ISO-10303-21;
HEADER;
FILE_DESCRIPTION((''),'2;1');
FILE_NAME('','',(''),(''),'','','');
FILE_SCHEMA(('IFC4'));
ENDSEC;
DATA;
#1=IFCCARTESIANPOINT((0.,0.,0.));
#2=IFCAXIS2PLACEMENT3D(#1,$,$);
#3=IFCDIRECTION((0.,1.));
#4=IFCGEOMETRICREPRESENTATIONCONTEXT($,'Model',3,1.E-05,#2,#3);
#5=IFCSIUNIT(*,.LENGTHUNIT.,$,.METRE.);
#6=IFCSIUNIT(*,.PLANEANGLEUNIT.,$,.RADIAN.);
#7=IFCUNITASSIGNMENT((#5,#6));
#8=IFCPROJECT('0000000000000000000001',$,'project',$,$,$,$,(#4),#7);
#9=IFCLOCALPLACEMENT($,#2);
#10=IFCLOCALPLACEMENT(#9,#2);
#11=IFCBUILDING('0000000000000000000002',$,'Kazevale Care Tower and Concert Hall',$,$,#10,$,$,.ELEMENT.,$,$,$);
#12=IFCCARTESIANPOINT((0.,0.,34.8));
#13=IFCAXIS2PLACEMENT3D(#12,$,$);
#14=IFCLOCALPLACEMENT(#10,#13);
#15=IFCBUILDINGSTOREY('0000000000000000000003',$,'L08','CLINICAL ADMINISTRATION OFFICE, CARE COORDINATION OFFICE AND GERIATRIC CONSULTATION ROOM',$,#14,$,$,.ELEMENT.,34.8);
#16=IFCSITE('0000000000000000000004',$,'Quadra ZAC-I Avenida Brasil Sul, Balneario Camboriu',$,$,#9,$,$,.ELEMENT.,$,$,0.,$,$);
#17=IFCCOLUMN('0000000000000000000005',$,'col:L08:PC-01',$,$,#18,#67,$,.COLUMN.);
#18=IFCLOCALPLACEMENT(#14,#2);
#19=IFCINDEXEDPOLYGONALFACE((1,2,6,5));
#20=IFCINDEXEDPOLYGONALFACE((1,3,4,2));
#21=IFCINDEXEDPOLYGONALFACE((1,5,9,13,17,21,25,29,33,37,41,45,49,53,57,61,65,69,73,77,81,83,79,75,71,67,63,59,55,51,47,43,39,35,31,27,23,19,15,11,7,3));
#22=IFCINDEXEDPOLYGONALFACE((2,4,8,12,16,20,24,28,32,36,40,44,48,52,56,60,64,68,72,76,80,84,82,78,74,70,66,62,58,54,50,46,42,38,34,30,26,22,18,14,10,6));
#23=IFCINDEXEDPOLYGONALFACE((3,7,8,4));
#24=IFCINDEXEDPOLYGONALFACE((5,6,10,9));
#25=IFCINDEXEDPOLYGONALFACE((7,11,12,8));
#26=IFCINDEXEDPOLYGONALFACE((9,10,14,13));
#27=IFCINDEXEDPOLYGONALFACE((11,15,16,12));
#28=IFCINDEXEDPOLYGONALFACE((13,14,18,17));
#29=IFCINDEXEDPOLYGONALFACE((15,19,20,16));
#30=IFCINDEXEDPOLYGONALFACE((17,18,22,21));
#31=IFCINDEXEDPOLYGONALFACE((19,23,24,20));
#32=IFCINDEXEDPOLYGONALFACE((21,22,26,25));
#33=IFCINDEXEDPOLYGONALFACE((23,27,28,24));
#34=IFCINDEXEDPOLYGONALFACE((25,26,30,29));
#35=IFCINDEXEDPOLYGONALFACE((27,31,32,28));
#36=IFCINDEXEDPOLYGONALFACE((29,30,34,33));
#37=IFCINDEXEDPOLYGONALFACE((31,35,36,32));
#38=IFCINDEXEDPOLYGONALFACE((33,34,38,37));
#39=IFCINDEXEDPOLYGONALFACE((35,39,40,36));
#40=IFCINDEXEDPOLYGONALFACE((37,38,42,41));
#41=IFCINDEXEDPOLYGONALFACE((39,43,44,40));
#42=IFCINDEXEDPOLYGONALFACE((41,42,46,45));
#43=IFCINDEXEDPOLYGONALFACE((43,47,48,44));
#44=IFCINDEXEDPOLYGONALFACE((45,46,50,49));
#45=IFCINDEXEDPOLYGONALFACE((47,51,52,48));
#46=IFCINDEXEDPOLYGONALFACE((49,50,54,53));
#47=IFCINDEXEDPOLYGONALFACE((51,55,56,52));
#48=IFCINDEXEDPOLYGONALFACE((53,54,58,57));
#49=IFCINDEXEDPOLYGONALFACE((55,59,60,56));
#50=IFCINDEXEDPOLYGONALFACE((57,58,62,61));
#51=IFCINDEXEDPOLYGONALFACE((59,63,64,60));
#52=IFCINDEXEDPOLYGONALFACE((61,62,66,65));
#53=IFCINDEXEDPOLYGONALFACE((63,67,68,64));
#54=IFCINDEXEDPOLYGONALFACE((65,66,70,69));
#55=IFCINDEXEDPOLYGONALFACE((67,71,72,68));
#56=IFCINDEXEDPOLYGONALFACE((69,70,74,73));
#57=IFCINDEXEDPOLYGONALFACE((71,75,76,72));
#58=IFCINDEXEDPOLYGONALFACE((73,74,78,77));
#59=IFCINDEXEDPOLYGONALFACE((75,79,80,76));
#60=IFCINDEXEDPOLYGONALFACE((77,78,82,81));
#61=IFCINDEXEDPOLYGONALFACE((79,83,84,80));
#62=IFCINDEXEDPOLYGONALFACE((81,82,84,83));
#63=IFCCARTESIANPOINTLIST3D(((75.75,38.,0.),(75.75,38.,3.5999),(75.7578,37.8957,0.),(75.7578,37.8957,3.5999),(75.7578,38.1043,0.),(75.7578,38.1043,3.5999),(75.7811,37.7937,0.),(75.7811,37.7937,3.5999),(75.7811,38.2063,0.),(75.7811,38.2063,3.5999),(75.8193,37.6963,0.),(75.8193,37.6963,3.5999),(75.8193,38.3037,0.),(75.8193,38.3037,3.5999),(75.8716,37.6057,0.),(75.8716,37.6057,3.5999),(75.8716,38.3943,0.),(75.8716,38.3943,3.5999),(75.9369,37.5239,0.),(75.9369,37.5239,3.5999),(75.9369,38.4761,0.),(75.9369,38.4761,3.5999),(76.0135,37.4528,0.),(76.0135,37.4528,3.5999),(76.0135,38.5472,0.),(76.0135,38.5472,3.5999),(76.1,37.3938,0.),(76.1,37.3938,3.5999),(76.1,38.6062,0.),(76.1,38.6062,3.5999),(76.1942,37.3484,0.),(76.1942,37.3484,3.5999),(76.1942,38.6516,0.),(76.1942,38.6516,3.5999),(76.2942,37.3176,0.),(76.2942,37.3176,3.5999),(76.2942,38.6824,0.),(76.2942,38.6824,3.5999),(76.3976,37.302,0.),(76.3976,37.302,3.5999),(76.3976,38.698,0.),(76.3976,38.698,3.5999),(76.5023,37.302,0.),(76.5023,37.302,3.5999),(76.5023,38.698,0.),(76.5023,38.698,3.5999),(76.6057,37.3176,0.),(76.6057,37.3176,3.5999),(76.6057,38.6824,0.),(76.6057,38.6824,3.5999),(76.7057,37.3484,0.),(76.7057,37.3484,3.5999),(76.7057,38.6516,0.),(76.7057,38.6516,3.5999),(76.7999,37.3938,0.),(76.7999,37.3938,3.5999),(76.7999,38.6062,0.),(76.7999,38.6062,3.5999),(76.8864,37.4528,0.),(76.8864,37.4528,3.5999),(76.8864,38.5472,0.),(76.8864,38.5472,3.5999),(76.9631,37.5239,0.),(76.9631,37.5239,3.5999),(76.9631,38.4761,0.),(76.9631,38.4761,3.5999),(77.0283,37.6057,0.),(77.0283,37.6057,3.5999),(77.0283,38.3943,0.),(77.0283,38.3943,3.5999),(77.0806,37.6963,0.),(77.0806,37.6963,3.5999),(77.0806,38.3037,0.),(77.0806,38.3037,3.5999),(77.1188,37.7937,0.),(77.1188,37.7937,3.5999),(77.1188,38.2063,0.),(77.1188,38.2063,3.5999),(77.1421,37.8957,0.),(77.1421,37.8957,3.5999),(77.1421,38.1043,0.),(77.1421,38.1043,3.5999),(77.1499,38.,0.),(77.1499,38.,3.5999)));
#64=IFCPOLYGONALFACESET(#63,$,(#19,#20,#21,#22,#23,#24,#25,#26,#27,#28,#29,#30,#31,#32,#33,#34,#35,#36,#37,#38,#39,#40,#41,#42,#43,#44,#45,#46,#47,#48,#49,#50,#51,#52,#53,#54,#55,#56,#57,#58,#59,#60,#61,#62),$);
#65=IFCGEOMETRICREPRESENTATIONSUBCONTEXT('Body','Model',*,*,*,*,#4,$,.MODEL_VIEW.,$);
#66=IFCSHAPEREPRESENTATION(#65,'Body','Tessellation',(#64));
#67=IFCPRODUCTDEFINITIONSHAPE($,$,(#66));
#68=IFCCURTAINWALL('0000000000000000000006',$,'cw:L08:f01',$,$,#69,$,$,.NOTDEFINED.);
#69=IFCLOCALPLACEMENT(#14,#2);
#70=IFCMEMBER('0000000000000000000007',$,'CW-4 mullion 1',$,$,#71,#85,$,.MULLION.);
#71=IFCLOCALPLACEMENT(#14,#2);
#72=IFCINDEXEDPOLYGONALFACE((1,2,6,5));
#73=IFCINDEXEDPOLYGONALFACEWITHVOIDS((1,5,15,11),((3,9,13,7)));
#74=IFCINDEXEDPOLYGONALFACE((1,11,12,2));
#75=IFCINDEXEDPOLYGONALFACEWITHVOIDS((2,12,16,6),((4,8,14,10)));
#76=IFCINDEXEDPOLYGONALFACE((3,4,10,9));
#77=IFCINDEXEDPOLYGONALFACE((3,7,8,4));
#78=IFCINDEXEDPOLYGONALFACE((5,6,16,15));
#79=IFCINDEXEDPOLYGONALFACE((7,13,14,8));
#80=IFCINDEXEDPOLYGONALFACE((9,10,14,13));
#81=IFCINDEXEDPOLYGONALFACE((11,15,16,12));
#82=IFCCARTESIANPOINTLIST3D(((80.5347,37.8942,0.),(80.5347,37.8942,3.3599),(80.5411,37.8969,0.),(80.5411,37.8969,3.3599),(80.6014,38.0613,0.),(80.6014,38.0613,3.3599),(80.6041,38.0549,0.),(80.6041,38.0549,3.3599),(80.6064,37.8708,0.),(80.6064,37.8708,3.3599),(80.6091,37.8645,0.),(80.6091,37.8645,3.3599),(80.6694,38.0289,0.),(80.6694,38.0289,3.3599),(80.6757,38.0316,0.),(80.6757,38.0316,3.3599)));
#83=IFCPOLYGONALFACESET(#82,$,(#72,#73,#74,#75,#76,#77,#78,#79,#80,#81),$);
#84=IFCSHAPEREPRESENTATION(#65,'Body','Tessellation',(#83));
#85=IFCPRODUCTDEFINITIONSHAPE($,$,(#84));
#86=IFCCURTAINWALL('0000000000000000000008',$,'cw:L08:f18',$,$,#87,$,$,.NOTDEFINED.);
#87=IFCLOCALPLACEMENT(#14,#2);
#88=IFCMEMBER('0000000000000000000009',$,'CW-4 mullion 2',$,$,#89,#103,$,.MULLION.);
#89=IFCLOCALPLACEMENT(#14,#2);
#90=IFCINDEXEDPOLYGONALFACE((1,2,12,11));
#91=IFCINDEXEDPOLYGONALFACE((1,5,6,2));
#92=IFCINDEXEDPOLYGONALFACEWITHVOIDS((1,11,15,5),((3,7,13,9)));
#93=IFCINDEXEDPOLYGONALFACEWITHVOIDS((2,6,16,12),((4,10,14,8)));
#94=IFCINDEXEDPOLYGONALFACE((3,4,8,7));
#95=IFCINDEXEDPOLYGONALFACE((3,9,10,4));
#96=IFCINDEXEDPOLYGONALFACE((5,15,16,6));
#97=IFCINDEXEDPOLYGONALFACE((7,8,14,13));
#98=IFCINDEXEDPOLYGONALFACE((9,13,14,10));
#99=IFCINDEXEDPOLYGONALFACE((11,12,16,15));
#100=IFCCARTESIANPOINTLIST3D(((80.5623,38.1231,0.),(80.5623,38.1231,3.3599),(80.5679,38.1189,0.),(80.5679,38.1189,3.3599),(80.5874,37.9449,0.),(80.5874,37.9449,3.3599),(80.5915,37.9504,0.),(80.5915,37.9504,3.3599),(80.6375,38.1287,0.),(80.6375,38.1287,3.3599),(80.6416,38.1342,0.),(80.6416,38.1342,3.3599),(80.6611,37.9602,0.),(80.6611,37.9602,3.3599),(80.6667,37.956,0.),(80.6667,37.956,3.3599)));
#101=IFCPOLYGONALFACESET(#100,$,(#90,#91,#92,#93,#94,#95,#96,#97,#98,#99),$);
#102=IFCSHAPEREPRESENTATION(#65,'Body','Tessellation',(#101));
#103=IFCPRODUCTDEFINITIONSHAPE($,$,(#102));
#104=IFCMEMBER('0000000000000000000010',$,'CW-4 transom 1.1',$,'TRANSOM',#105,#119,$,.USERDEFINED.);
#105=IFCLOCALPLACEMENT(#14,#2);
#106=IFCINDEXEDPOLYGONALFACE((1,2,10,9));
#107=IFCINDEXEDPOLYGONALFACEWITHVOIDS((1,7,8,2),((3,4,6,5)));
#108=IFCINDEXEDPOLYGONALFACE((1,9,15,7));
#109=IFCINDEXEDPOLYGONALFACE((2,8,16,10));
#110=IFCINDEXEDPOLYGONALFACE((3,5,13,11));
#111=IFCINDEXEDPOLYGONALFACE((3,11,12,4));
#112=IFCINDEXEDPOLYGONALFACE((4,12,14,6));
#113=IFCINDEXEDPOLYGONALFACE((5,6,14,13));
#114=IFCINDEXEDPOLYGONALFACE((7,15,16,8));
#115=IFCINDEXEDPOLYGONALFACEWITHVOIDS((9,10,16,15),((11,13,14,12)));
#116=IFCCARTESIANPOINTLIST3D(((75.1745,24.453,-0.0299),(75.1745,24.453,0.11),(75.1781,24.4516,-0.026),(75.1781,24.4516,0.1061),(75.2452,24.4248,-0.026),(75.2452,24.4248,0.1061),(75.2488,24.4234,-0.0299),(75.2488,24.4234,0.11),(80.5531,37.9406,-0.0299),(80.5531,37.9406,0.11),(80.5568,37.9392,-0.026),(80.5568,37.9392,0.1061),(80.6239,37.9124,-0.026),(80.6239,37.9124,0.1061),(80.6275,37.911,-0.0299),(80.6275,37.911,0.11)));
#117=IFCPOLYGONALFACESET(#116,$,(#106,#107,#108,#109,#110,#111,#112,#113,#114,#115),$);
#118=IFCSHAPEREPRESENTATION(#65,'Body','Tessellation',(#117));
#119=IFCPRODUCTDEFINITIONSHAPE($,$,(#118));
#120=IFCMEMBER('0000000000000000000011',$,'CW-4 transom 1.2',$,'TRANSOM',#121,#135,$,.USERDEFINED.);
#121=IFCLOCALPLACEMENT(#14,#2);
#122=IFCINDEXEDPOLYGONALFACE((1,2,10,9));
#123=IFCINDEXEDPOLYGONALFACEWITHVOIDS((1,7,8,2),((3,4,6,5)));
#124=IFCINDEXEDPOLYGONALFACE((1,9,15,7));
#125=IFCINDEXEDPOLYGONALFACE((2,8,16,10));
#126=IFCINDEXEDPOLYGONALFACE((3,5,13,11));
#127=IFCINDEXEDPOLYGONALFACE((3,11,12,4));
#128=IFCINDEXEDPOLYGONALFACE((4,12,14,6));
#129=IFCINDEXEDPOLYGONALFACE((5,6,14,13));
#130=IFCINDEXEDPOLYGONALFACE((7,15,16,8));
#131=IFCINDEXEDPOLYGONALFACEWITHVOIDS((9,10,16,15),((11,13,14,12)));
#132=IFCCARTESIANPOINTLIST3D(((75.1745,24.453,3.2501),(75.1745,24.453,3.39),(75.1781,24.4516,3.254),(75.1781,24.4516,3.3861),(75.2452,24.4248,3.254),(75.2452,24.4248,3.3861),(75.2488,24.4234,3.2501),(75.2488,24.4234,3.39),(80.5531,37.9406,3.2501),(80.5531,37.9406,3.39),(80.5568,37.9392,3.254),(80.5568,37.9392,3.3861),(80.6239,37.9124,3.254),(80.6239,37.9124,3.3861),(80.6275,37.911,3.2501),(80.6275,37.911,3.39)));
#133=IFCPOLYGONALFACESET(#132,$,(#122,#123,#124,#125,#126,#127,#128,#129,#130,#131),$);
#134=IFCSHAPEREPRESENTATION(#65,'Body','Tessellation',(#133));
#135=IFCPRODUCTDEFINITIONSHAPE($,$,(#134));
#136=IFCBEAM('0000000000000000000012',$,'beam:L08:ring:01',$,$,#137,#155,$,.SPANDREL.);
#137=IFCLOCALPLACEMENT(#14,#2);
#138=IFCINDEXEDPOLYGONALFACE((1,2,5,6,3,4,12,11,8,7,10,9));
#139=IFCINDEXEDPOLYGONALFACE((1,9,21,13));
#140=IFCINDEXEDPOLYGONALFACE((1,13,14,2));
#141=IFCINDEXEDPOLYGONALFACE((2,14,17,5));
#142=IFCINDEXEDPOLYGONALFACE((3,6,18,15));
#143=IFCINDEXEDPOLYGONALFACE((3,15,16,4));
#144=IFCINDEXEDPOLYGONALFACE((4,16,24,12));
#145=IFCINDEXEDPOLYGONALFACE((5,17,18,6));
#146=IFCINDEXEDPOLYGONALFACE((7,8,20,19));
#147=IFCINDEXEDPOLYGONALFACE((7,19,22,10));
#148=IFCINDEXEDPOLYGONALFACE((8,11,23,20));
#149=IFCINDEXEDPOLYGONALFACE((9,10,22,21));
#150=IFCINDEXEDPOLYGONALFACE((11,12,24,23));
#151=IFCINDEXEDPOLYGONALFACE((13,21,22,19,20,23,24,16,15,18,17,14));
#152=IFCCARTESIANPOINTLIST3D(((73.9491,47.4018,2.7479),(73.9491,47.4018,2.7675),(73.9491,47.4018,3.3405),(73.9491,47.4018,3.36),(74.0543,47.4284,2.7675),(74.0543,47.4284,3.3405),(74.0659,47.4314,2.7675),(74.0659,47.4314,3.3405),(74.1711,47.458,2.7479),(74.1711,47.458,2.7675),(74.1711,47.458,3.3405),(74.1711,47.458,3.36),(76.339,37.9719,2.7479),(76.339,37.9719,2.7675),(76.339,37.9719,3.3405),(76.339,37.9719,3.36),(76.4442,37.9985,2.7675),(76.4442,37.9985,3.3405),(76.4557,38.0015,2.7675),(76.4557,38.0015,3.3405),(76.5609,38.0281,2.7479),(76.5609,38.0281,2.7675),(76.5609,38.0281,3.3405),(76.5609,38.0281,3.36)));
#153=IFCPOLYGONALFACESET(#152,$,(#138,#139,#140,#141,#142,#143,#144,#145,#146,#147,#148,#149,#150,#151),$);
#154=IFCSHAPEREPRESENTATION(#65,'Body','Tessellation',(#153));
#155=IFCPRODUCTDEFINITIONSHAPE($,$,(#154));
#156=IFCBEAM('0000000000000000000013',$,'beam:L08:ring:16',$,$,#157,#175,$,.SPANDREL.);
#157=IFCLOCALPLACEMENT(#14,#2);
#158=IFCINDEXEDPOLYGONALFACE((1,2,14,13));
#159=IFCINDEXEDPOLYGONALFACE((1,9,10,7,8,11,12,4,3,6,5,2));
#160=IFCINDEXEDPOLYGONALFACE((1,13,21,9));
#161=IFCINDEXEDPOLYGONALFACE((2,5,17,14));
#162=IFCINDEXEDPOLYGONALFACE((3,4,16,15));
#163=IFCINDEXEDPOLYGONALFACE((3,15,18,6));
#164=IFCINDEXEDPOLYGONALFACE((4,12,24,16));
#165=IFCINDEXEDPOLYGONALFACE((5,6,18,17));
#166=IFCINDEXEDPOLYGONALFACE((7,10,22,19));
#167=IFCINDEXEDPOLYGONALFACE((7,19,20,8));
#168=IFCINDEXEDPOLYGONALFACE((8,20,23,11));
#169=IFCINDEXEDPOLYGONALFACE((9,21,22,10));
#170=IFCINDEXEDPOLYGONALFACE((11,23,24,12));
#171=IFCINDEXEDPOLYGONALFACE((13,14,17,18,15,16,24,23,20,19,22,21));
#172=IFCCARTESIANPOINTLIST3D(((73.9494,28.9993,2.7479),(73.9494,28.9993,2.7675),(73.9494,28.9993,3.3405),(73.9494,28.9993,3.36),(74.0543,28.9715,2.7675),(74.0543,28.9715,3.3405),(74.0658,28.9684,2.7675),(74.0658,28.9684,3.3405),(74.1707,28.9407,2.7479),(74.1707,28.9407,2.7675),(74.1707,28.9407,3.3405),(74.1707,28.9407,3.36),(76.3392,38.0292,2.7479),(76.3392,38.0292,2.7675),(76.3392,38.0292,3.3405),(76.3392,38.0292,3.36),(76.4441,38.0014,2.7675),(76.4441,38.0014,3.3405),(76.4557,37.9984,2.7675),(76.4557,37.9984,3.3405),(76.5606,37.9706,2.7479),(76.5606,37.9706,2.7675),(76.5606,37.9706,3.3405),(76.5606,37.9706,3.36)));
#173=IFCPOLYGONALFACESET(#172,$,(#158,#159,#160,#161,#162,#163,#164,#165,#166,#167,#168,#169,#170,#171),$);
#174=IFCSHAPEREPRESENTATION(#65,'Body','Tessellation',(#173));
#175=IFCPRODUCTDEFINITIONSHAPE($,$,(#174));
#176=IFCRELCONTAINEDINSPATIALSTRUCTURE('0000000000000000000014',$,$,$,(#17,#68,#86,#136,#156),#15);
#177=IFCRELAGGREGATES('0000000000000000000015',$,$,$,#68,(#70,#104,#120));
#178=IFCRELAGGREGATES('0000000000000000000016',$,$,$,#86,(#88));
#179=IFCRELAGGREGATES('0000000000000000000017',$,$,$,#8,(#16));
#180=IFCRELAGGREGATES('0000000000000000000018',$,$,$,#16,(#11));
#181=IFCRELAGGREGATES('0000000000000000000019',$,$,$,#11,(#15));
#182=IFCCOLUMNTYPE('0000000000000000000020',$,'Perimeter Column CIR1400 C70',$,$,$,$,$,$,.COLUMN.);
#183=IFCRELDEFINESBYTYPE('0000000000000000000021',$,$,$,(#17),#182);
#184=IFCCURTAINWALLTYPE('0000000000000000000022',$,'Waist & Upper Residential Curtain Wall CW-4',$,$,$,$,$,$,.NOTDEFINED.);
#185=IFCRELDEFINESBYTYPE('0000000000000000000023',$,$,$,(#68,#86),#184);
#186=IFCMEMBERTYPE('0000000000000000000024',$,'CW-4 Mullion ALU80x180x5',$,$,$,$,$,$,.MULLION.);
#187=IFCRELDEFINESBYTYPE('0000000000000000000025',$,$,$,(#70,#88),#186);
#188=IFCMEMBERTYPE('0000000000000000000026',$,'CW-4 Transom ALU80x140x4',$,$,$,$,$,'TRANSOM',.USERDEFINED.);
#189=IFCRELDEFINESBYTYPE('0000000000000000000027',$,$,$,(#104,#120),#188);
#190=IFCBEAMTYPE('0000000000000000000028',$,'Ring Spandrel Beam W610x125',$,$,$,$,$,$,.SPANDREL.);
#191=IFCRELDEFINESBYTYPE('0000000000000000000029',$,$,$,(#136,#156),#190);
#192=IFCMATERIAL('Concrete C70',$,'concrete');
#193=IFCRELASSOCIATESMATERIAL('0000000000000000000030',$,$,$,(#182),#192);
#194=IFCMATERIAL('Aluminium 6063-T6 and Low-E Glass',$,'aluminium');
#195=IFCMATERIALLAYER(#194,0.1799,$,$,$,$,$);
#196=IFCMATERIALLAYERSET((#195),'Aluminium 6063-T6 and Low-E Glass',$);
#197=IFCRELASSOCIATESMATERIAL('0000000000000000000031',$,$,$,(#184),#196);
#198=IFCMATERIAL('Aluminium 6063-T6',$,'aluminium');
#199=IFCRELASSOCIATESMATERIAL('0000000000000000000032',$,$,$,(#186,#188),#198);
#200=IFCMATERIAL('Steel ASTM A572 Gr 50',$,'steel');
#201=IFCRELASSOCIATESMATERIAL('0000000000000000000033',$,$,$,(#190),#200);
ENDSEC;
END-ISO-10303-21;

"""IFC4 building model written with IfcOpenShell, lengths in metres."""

from ifc_helpers import new_model, si_unit, direction, frame, origin, origin_2d, place, context, subcontext, project, spatial, hollow_rectangle, circle, i_section, extrude, material, layer, layer_set, material_profile, profile_set, type_object, element, aggregate, save


model = new_model("IFC4")

# Units and contexts
model_context = context("Model", 3, precision=1e-05, world=origin(), true_north=direction((0.0, 1.0)))
body_context = subcontext(model_context, "Body", "Model", "MODEL_VIEW")
ifc_project = project(units=[si_unit("LENGTHUNIT", "METRE"), si_unit("PLANEANGLEUNIT", "RADIAN")], contexts=[model_context])

# Site, building, storey
site_placement = place(None, origin())
site = spatial("IfcSite", under=ifc_project, at=site_placement, Name="Quadra ZAC-I Avenida Brasil Sul, Balneario Camboriu", CompositionType="ELEMENT", RefElevation=0.0)
building_placement = place(site_placement, origin())
building = spatial("IfcBuilding", under=site, at=building_placement, Name="Kazevale Care Tower and Concert Hall", CompositionType="ELEMENT")
storey_placement = place(building_placement, frame((0.0, 0.0, 34.8)))
storey = spatial("IfcBuildingStorey", under=building, at=storey_placement, Name="L08", Description="CLINICAL ADMINISTRATION OFFICE, CARE COORDINATION OFFICE AND GERIATRIC CONSULTATION ROOM", CompositionType="ELEMENT", Elevation=34.8)

# Column
ifc_material_1 = material(Name="Concrete C70", Category="concrete")
ifc_material_profile_1 = material_profile(ifc_material_1, circle(Radius=0.7, at=origin_2d()), Name="RC-CIR1400")
ifc_profile_set_1 = profile_set([ifc_material_profile_1], Name="Concrete C70")
column_type = type_object("IfcColumnType", Name="Perimeter Column CIR1400 C70", PredefinedType="COLUMN", material=ifc_profile_set_1)
column_placement = place(storey_placement, frame((76.45, 38.0, 0.0), z_axis=(0.0, 0.0, 1.0), x_axis=(1.0, 0.0, 0.0)))
element("IfcColumn", 1, at=column_placement, inside=storey, type_object=column_type, Name="col:L08:PC-01", PredefinedType="COLUMN", context=body_context, shape_type="SweptSolid", body=[
    extrude(circle(Radius=0.7, at=origin_2d()), origin(), (0.0, 0.0, 1.0), 3.5999),
])

# Curtain walls, members
ifc_material_2 = material(Name="Aluminium 6063-T6 and Low-E Glass", Category="aluminium")
ifc_layer_1 = layer(ifc_material_2, 0.1799)
ifc_layer_set_1 = layer_set([ifc_layer_1], Name="Aluminium 6063-T6 and Low-E Glass")
curtain_wall_type = type_object("IfcCurtainWallType", Name="Waist & Upper Residential Curtain Wall CW-4", PredefinedType="NOTDEFINED", material=ifc_layer_set_1)
curtain_wall_1_placement = place(storey_placement, origin())
curtain_wall_1 = element("IfcCurtainWall", 2, at=curtain_wall_1_placement, inside=storey, type_object=curtain_wall_type, Name="cw:L08:f01", PredefinedType="NOTDEFINED")
ifc_material_3 = material(Name="Aluminium 6063-T6", Category="aluminium")
ifc_material_profile_2 = material_profile(ifc_material_3, hollow_rectangle(XDim=0.0801, YDim=0.1799, WallThickness=0.0049, at=origin_2d()), Name="ALU80x180x5")
ifc_profile_set_2 = profile_set([ifc_material_profile_2], Name="Aluminium 6063-T6")
member_type_1 = type_object("IfcMemberType", Name="CW-4 Mullion ALU80x180x5", PredefinedType="MULLION", material=ifc_profile_set_2)
member_1_placement = place(storey_placement, frame((80.6052, 37.9629, 0.0), z_axis=(0.0, 0.0, 1.0), x_axis=(0.928861, -0.370427, 0.0)))
member_1 = element("IfcMember", 3, at=member_1_placement, type_object=member_type_1, Name="CW-4 mullion 1", PredefinedType="MULLION", context=body_context, shape_type="SweptSolid", body=[
    extrude(hollow_rectangle(XDim=0.0801, YDim=0.1799, WallThickness=0.0049, at=origin_2d()), origin(), (0.0, 0.0, 1.0), 3.3599),
])
curtain_wall_2_placement = place(storey_placement, origin())
curtain_wall_2 = element("IfcCurtainWall", 4, at=curtain_wall_2_placement, inside=storey, type_object=curtain_wall_type, Name="cw:L08:f18", PredefinedType="NOTDEFINED")
member_2_placement = place(storey_placement, frame((80.6145, 38.0396, 0.0), z_axis=(0.0, 0.0, 1.0), x_axis=(0.990295, 0.138978, 0.0)))
member_2 = element("IfcMember", 5, at=member_2_placement, type_object=member_type_1, Name="CW-4 mullion 2", PredefinedType="MULLION", context=body_context, shape_type="SweptSolid", body=[
    extrude(hollow_rectangle(XDim=0.0801, YDim=0.1799, WallThickness=0.0049, at=origin_2d()), origin(), (0.0, 0.0, 1.0), 3.3599),
])

# Members
ifc_material_profile_3 = material_profile(ifc_material_3, hollow_rectangle(XDim=0.0801, YDim=0.1399, WallThickness=0.0039, at=origin_2d()), Name="ALU80x140x4")
ifc_profile_set_3 = profile_set([ifc_material_profile_3], Name="Aluminium 6063-T6")
member_type_2 = type_object("IfcMemberType", Name="CW-4 Transom ALU80x140x4", ElementType="TRANSOM", PredefinedType="USERDEFINED", material=ifc_profile_set_3)
member_3_placement = place(storey_placement, frame((80.5903, 37.9258, 0.04), z_axis=(-0.370419, -0.928865, 0.0), x_axis=(0.928865, -0.370419, 0.0)))
member_3 = element("IfcMember", 6, at=member_3_placement, type_object=member_type_2, Name="CW-4 transom 1.1", ObjectType="TRANSOM", PredefinedType="USERDEFINED", context=body_context, shape_type="SweptSolid", body=[
    extrude(hollow_rectangle(XDim=0.0801, YDim=0.1399, WallThickness=0.0039, at=origin_2d()), origin(), (0.0, 0.0, 1.0), 14.5205),
])
member_4_placement = place(storey_placement, frame((80.5903, 37.9258, 3.3201), z_axis=(-0.370419, -0.928865, 0.0), x_axis=(0.928865, -0.370419, 0.0)))
member_4 = element("IfcMember", 7, at=member_4_placement, type_object=member_type_2, Name="CW-4 transom 1.2", ObjectType="TRANSOM", PredefinedType="USERDEFINED", context=body_context, shape_type="SweptSolid", body=[
    extrude(hollow_rectangle(XDim=0.0801, YDim=0.1399, WallThickness=0.0039, at=origin_2d()), origin(), (0.0, 0.0, 1.0), 14.5205),
])

# Beams
ifc_material_4 = material(Name="Steel ASTM A572 Gr 50", Category="steel")
ifc_material_profile_4 = material_profile(ifc_material_4, i_section(OverallWidth=0.229, OverallDepth=0.6121, WebThickness=0.012, FlangeThickness=0.0195, at=origin_2d()), Name="W610x125")
ifc_profile_set_4 = profile_set([ifc_material_profile_4], Name="Steel ASTM A572 Gr 50")
beam_type_1 = type_object("IfcBeamType", Name="Ring Spandrel Beam W610x125", PredefinedType="SPANDREL", material=ifc_profile_set_4)
beam_1_placement = place(storey_placement, frame((76.45, 38.0, 3.054), z_axis=(-0.24567, 0.969354, 0.0), x_axis=(-0.969354, -0.24567, 0.0)))
element("IfcBeam", 8, at=beam_1_placement, inside=storey, type_object=beam_type_1, Name="beam:L08:ring:01", PredefinedType="SPANDREL", context=body_context, shape_type="SweptSolid", body=[
    extrude(i_section(OverallWidth=0.229, OverallDepth=0.6121, WebThickness=0.012, FlangeThickness=0.0195, at=origin_2d()), origin(), (0.0, 0.0, 1.0), 9.728),
])
beam_2_placement = place(storey_placement, frame((74.0601, 28.97, 3.054), z_axis=(0.255852, 0.966716, 0.0), x_axis=(-0.966716, 0.255852, 0.0)))
element("IfcBeam", 9, at=beam_2_placement, inside=storey, type_object=beam_type_1, Name="beam:L08:ring:16", PredefinedType="SPANDREL", context=body_context, shape_type="SweptSolid", body=[
    extrude(i_section(OverallWidth=0.229, OverallDepth=0.6121, WebThickness=0.012, FlangeThickness=0.0195, at=origin_2d()), origin(), (0.0, 0.0, 1.0), 9.3408),
])

aggregate(curtain_wall_1, [member_1, member_3, member_4])
aggregate(curtain_wall_2, [member_2])

save(model, "model.ifc")
